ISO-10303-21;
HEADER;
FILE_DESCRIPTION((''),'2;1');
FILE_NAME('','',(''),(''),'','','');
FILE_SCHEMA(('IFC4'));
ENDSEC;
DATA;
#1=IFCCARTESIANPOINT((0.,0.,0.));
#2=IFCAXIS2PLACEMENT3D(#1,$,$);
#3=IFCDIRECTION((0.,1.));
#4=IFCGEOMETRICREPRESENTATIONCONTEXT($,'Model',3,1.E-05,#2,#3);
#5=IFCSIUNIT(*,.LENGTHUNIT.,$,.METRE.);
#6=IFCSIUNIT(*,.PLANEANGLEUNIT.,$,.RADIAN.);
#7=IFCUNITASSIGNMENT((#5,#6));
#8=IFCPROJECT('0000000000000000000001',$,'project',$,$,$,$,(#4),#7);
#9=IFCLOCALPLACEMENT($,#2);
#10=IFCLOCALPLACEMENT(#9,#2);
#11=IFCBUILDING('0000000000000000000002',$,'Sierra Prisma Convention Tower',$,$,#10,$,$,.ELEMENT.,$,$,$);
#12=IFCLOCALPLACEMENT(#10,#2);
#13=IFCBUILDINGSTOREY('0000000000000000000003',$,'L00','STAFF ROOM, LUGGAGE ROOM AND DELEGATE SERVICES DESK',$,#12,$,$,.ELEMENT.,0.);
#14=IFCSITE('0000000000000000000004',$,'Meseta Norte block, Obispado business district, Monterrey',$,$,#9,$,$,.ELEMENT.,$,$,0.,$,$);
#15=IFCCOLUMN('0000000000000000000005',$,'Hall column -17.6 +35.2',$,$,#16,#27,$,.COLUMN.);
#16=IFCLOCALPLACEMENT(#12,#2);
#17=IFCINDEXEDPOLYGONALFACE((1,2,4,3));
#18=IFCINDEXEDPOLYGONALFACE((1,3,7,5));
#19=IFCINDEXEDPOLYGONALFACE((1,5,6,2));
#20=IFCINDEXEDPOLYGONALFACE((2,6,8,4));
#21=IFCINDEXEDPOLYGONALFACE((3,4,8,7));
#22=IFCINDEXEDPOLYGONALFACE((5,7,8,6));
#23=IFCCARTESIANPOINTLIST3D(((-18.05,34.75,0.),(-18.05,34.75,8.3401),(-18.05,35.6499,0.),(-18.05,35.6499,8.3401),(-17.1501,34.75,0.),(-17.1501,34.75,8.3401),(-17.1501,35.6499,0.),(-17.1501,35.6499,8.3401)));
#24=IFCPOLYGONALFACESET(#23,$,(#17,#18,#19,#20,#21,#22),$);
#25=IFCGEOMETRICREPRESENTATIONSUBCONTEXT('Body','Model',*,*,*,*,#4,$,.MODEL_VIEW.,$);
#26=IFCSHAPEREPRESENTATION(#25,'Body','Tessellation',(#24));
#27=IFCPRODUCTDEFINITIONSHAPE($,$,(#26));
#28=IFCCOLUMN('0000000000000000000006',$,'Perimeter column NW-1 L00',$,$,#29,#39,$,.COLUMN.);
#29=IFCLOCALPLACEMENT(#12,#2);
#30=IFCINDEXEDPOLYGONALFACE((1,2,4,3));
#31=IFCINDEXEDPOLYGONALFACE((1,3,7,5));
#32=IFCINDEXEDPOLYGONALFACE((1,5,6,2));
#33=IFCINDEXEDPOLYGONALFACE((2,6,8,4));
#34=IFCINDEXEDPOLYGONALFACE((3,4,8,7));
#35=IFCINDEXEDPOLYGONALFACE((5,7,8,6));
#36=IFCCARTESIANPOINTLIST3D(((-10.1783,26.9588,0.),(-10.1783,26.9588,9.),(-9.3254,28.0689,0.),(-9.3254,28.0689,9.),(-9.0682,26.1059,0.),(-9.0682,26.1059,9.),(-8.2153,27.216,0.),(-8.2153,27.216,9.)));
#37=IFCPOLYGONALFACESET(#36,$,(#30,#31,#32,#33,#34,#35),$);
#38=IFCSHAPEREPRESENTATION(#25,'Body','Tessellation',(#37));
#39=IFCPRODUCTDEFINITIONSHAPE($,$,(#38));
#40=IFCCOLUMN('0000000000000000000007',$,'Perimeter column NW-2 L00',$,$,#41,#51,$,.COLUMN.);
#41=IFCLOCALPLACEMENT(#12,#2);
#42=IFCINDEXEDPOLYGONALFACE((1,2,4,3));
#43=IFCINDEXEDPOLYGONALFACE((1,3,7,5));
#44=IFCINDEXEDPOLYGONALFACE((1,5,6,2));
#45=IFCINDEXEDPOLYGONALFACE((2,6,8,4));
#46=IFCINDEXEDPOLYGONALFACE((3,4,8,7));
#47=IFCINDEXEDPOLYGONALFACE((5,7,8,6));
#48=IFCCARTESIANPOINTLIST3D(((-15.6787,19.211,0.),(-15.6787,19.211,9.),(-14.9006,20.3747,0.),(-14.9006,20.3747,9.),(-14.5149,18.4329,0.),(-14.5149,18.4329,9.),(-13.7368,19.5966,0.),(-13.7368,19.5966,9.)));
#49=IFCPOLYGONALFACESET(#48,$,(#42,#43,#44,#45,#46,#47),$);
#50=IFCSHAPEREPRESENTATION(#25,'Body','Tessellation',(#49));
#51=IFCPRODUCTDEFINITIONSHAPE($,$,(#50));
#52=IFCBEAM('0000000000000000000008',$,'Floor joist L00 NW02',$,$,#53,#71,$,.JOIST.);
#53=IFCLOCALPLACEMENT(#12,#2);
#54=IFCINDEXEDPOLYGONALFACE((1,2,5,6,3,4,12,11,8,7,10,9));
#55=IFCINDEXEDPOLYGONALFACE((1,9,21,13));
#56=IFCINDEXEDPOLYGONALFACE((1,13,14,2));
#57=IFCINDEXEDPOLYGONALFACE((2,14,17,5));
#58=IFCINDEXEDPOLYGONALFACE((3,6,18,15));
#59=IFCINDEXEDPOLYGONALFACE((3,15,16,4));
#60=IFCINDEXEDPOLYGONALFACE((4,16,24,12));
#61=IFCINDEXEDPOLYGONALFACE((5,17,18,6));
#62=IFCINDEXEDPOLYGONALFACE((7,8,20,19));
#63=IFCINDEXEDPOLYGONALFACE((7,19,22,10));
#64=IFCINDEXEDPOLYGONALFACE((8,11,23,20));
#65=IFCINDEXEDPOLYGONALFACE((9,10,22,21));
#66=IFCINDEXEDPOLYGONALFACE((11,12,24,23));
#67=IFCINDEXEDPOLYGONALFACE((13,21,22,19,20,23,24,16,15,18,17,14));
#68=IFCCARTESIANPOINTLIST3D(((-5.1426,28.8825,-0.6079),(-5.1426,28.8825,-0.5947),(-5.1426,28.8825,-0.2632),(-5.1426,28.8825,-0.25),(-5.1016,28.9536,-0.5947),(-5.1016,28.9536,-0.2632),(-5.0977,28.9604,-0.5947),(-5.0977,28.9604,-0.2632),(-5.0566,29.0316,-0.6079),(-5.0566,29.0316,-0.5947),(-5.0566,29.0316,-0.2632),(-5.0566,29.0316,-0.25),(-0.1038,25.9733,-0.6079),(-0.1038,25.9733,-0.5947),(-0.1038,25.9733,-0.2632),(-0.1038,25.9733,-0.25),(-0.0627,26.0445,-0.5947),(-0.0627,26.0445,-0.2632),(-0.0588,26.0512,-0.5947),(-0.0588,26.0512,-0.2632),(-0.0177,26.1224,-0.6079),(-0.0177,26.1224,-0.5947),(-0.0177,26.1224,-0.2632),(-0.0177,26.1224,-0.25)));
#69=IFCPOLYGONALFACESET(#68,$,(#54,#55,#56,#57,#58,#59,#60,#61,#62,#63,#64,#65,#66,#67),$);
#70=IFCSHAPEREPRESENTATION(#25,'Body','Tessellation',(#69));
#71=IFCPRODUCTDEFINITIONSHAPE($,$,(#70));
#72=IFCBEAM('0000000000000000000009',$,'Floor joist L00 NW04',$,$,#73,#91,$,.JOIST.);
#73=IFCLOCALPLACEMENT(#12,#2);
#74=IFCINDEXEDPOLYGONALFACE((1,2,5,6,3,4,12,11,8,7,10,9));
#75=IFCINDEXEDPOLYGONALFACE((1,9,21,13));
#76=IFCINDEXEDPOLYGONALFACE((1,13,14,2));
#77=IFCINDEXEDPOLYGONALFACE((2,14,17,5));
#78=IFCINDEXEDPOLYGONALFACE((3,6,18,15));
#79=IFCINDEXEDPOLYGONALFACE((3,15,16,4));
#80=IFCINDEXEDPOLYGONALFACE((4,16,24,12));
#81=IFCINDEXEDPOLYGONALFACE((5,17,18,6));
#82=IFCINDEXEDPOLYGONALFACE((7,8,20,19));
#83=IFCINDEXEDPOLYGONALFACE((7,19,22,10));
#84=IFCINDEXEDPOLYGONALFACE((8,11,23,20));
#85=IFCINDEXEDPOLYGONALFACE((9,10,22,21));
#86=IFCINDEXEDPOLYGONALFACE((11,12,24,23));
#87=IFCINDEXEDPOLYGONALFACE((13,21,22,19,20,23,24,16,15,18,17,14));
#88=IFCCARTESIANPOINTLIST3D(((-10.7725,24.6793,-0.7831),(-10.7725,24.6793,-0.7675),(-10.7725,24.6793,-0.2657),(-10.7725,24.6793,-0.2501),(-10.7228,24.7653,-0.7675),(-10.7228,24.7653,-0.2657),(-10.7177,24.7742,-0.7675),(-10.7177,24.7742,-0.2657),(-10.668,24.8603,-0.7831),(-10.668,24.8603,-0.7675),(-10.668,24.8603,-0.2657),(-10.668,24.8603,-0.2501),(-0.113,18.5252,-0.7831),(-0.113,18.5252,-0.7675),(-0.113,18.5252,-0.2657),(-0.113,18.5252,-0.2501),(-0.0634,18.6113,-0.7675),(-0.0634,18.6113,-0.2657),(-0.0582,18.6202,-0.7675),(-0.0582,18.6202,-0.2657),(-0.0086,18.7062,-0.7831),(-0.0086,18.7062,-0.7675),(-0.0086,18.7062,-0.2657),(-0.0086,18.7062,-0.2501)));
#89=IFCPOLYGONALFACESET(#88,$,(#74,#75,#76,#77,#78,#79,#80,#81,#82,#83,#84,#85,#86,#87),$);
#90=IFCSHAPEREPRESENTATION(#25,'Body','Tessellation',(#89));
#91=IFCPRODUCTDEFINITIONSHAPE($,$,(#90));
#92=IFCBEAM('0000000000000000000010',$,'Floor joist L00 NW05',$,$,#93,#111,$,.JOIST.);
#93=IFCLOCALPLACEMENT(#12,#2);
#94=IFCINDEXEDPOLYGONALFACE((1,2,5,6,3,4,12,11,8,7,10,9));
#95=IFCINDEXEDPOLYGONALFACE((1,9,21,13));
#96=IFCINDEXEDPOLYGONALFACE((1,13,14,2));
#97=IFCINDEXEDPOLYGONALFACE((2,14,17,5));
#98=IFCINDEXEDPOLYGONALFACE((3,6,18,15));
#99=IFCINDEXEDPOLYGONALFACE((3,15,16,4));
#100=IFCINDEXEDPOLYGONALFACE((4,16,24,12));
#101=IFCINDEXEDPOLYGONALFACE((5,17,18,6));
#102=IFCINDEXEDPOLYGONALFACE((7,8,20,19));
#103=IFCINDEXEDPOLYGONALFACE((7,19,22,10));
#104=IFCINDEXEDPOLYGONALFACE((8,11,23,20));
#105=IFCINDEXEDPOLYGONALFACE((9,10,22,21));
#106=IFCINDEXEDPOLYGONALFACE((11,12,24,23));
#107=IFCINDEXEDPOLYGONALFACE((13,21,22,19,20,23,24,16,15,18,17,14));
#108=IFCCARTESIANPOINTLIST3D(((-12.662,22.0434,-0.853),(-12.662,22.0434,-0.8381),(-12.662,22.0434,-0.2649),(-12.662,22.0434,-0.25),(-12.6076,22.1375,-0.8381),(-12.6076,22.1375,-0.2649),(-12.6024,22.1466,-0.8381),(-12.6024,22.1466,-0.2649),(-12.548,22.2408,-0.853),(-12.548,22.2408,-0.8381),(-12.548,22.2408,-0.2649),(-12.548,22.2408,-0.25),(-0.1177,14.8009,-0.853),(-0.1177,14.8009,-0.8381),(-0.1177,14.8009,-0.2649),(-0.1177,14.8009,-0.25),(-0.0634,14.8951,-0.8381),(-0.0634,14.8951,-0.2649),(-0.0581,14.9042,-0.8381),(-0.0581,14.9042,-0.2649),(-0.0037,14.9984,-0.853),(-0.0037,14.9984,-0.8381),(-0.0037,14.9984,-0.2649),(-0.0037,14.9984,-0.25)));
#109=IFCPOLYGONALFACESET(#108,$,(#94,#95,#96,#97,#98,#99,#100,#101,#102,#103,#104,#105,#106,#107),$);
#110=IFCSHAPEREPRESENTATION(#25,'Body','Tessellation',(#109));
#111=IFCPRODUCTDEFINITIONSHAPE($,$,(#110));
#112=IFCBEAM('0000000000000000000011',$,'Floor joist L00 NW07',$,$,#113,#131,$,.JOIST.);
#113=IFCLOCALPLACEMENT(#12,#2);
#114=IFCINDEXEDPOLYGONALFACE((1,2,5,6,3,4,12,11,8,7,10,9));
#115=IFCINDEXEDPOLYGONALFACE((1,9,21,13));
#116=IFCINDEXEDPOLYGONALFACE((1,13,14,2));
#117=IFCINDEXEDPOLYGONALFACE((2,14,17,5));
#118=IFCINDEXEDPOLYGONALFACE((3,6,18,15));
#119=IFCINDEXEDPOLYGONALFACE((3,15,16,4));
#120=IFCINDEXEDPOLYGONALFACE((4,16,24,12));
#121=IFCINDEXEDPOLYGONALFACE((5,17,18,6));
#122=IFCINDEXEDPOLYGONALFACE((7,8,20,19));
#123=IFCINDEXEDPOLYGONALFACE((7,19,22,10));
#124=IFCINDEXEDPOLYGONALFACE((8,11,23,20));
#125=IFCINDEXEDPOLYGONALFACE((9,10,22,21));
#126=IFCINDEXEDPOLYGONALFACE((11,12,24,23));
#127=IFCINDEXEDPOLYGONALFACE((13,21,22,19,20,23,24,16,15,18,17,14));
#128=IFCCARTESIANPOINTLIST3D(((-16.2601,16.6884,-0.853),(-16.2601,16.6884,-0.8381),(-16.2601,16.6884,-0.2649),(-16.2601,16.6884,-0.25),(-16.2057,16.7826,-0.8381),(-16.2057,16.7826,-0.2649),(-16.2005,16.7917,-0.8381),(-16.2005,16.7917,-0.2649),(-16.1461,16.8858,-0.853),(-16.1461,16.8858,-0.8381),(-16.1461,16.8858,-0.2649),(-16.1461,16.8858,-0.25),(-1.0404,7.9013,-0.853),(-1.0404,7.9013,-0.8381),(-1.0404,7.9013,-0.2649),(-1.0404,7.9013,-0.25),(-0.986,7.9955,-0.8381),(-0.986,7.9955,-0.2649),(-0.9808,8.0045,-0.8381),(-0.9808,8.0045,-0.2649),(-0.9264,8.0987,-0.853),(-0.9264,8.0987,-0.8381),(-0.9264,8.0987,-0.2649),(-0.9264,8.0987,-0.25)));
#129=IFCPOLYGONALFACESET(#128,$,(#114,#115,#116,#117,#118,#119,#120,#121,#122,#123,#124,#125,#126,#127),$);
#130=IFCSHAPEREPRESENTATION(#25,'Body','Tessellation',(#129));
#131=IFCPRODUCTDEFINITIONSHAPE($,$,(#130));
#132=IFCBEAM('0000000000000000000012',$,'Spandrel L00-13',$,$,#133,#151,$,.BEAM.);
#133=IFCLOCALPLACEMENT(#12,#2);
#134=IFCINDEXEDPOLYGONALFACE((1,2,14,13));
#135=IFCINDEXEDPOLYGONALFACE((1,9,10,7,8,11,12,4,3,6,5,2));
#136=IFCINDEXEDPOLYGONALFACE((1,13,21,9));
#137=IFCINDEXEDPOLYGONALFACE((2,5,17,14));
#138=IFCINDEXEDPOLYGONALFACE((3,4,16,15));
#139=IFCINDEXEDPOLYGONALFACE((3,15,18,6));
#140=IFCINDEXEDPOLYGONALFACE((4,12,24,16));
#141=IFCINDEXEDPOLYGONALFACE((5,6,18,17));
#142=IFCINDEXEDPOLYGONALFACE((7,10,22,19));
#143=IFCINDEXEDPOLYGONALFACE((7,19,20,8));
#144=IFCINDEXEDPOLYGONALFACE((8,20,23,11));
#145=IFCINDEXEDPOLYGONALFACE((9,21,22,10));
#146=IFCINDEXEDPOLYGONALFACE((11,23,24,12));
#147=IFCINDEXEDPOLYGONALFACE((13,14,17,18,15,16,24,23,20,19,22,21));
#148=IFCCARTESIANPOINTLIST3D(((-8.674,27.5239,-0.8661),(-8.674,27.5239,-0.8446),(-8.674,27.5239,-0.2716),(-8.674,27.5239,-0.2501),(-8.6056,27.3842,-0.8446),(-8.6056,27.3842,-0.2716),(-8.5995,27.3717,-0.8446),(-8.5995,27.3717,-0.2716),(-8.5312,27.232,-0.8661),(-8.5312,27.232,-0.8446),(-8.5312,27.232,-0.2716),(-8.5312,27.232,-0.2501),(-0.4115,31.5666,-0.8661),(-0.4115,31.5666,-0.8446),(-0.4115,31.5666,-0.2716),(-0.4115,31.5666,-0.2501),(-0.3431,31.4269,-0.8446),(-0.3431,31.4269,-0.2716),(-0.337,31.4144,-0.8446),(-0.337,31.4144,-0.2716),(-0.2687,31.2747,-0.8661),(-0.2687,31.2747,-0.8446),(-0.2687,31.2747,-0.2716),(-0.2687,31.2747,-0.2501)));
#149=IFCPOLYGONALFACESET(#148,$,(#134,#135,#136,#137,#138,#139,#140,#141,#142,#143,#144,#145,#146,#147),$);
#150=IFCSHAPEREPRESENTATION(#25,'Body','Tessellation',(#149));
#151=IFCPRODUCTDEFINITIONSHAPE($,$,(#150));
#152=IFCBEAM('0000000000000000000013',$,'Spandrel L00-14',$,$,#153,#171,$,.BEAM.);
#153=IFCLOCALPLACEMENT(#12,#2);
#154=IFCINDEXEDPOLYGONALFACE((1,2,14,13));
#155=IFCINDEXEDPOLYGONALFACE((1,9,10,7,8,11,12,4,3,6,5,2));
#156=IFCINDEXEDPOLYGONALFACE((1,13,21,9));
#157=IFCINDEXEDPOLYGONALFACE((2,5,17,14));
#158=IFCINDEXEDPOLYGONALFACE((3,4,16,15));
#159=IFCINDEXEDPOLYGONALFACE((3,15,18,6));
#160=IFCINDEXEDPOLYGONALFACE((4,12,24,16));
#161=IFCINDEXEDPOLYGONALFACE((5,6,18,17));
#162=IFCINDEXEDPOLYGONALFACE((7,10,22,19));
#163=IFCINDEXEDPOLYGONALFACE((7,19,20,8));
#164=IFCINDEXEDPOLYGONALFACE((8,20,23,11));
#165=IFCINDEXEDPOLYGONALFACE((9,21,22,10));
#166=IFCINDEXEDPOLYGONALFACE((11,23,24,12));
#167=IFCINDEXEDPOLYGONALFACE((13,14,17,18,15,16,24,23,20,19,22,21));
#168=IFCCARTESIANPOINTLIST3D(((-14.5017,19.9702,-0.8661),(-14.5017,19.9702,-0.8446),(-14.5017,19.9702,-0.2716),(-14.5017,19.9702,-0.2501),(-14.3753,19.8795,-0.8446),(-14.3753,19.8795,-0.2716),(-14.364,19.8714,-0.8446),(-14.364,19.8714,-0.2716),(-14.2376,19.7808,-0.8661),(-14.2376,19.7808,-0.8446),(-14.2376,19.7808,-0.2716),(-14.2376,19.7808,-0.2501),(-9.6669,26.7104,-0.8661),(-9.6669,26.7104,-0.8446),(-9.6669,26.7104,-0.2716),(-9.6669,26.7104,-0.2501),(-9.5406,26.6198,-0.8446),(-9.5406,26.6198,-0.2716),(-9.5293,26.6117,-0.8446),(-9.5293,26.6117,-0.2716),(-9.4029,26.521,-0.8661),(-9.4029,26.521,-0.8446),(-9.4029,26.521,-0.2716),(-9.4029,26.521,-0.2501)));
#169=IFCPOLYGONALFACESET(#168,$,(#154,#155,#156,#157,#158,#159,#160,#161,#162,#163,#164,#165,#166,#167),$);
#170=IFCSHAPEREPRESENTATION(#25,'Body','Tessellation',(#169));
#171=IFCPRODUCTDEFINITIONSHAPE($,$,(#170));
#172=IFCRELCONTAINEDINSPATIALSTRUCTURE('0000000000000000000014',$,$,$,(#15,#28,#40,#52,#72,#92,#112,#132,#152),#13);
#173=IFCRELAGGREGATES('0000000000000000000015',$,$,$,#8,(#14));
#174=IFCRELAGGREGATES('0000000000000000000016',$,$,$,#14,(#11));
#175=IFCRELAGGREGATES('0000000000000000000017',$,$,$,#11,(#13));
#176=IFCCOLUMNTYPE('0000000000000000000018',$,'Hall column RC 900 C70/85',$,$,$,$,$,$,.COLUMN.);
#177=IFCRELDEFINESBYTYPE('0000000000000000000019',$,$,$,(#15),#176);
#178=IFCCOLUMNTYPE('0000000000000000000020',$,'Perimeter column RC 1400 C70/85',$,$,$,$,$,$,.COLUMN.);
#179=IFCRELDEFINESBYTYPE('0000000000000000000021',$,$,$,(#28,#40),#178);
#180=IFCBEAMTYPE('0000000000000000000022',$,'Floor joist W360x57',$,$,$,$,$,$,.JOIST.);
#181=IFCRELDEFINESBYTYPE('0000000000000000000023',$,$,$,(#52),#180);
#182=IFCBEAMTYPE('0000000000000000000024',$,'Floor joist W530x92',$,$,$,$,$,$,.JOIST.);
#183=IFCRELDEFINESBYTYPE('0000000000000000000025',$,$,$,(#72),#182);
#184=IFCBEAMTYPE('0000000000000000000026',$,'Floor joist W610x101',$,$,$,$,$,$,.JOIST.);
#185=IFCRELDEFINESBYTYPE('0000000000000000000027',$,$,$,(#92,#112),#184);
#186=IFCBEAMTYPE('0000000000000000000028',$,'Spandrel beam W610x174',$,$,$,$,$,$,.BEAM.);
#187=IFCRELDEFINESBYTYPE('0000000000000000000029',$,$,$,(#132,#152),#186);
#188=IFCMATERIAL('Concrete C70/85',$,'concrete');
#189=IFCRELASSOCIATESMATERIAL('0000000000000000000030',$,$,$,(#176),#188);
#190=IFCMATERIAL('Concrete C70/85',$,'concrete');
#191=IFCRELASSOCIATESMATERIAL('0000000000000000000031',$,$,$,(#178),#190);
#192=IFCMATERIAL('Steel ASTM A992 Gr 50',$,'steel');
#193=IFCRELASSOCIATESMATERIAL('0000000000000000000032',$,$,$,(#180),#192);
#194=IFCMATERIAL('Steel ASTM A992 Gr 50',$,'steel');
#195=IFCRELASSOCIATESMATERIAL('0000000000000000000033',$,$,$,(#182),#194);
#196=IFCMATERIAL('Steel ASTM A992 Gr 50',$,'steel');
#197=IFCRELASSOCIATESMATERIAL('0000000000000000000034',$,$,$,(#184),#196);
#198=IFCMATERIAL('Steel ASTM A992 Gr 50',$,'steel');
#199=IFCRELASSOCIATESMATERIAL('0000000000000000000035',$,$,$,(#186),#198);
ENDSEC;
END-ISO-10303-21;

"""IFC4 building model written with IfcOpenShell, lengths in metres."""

from ifc_helpers import new_model, si_unit, direction, frame, origin, origin_2d, place, context, subcontext, project, spatial, rectangle, i_section, extrude, material, material_profile, profile_set, type_object, element, save


model = new_model("IFC4")

# Units and contexts
model_context = context("Model", 3, precision=1e-05, world=origin(), true_north=direction((0.0, 1.0)))
body_context = subcontext(model_context, "Body", "Model", "MODEL_VIEW")
ifc_project = project(units=[si_unit("LENGTHUNIT", "METRE"), si_unit("PLANEANGLEUNIT", "RADIAN")], contexts=[model_context])

# Site, building, storey
site_placement = place(None, origin())
site = spatial("IfcSite", under=ifc_project, at=site_placement, Name="Meseta Norte block, Obispado business district, Monterrey", CompositionType="ELEMENT", RefElevation=0.0)
building_placement = place(site_placement, origin())
building = spatial("IfcBuilding", under=site, at=building_placement, Name="Sierra Prisma Convention Tower", CompositionType="ELEMENT")
storey_placement = place(building_placement, origin())
storey = spatial("IfcBuildingStorey", under=building, at=storey_placement, Name="L00", Description="STAFF ROOM, LUGGAGE ROOM AND DELEGATE SERVICES DESK", CompositionType="ELEMENT", Elevation=0.0)

# Columns
ifc_material_1 = material(Name="Concrete C70/85", Category="concrete")
ifc_material_profile_1 = material_profile(ifc_material_1, rectangle(XDim=0.8999, YDim=0.8999, at=origin_2d()), Name="Hall column RC 900 C70/85")
ifc_profile_set_1 = profile_set([ifc_material_profile_1], Name="Concrete C70/85")
column_type_1 = type_object("IfcColumnType", Name="Hall column RC 900 C70/85", PredefinedType="COLUMN", material=ifc_profile_set_1)
column_placement = place(storey_placement, frame((-17.6001, 35.2, 0.0), z_axis=(0.0, 0.0, 1.0), x_axis=(1.0, 0.0, 0.0)))
element("IfcColumn", 1, at=column_placement, inside=storey, type_object=column_type_1, Name="Hall column -17.6 +35.2", PredefinedType="COLUMN", context=body_context, shape_type="SweptSolid", body=[
    extrude(rectangle(XDim=0.8999, YDim=0.8999, at=origin_2d()), origin(), (0.0, 0.0, 1.0), 8.3401),
])
ifc_material_2 = material(Name="Concrete C70/85", Category="concrete")
ifc_material_profile_2 = material_profile(ifc_material_2, rectangle(XDim=1.3999, YDim=1.3999, at=origin_2d()), Name="Perimeter column RC 1400 C70/85")
ifc_profile_set_2 = profile_set([ifc_material_profile_2], Name="Concrete C70/85")
column_type_2 = type_object("IfcColumnType", Name="Perimeter column RC 1400 C70/85", PredefinedType="COLUMN", material=ifc_profile_set_2)
for number, where, z_axis, x_axis, name in (
    (2, (-9.1968, 27.0874, 0.0), (0.0, 0.0, 1.0), (0.609232, 0.792992, 0.0), "Perimeter column NW-1 L00"),
    (3, (-14.7078, 19.4038, 0.0), (0.0, 0.0, 1.0), (0.555817, 0.831305, 0.0), "Perimeter column NW-2 L00"),
):
    element("IfcColumn", number, at=place(storey_placement, frame(where, z_axis=z_axis, x_axis=x_axis)), inside=storey, type_object=column_type_2, Name=name, PredefinedType="COLUMN", context=body_context, shape_type="SweptSolid", body=[
        extrude(rectangle(XDim=1.3999, YDim=1.3999, at=origin_2d()), origin(), (0.0, 0.0, 1.0), 9.0),
    ])

# Beams
ifc_material_3 = material(Name="Steel ASTM A992 Gr 50", Category="steel")
ifc_material_profile_3 = material_profile(ifc_material_3, i_section(OverallWidth=0.1721, OverallDepth=0.3579, WebThickness=0.0078, FlangeThickness=0.0132, at=origin_2d()), Name="W360x57")
ifc_profile_set_3 = profile_set([ifc_material_profile_3], Name="Steel ASTM A992 Gr 50")
beam_type_1 = type_object("IfcBeamType", Name="Floor joist W360x57", PredefinedType="JOIST", material=ifc_profile_set_3)
beam_1_placement = place(storey_placement, frame((-5.0996, 28.957, -0.429), z_axis=(0.866024, -0.500002, 0.0), x_axis=(0.500002, 0.866024, 0.0)))
element("IfcBeam", 4, at=beam_1_placement, inside=storey, type_object=beam_type_1, Name="Floor joist L00 NW02", PredefinedType="JOIST", context=body_context, shape_type="SweptSolid", body=[
    extrude(i_section(OverallWidth=0.1721, OverallDepth=0.3579, WebThickness=0.0078, FlangeThickness=0.0132, at=origin_2d()), origin(), (0.0, 0.0, 1.0), 5.8184),
])
ifc_material_4 = material(Name="Steel ASTM A992 Gr 50", Category="steel")
ifc_material_profile_4 = material_profile(ifc_material_4, i_section(OverallWidth=0.209, OverallDepth=0.533, WebThickness=0.0103, FlangeThickness=0.0156, at=origin_2d()), Name="W530x92")
ifc_profile_set_4 = profile_set([ifc_material_profile_4], Name="Steel ASTM A992 Gr 50")
beam_type_2 = type_object("IfcBeamType", Name="Floor joist W530x92", PredefinedType="JOIST", material=ifc_profile_set_4)
beam_2_placement = place(storey_placement, frame((-10.7202, 24.7698, -0.5166), z_axis=(0.866031, -0.49999, 0.0), x_axis=(0.49999, 0.866031, 0.0)))
element("IfcBeam", 5, at=beam_2_placement, inside=storey, type_object=beam_type_2, Name="Floor joist L00 NW04", PredefinedType="JOIST", context=body_context, shape_type="SweptSolid", body=[
    extrude(i_section(OverallWidth=0.209, OverallDepth=0.533, WebThickness=0.0103, FlangeThickness=0.0156, at=origin_2d()), origin(), (0.0, 0.0, 1.0), 12.3083),
])
ifc_material_5 = material(Name="Steel ASTM A992 Gr 50", Category="steel")
ifc_material_profile_5 = material_profile(ifc_material_5, i_section(OverallWidth=0.228, OverallDepth=0.603, WebThickness=0.0105, FlangeThickness=0.0149, at=origin_2d()), Name="W610x101")
ifc_profile_set_5 = profile_set([ifc_material_profile_5], Name="Steel ASTM A992 Gr 50")
beam_type_3 = type_object("IfcBeamType", Name="Floor joist W610x101", PredefinedType="JOIST", material=ifc_profile_set_5)
beam_3_placement = place(storey_placement, frame((-12.605, 22.1421, -0.5515), z_axis=(0.866024, -0.500002, 0.0), x_axis=(0.500002, 0.866024, 0.0)))
element("IfcBeam", 6, at=beam_3_placement, inside=storey, type_object=beam_type_3, Name="Floor joist L00 NW05", PredefinedType="JOIST", context=body_context, shape_type="SweptSolid", body=[
    extrude(i_section(OverallWidth=0.228, OverallDepth=0.603, WebThickness=0.0105, FlangeThickness=0.0149, at=origin_2d()), origin(), (0.0, 0.0, 1.0), 14.4849),
])
beam_4_placement = place(storey_placement, frame((-16.2031, 16.7871, -0.5515), z_axis=(0.866025, -0.5, 0.0), x_axis=(0.5, 0.866025, 0.0)))
element("IfcBeam", 7, at=beam_4_placement, inside=storey, type_object=beam_type_3, Name="Floor joist L00 NW07", PredefinedType="JOIST", context=body_context, shape_type="SweptSolid", body=[
    extrude(i_section(OverallWidth=0.228, OverallDepth=0.603, WebThickness=0.0105, FlangeThickness=0.0149, at=origin_2d()), origin(), (0.0, 0.0, 1.0), 17.5742),
])
ifc_material_6 = material(Name="Steel ASTM A992 Gr 50", Category="steel")
ifc_material_profile_6 = material_profile(ifc_material_6, i_section(OverallWidth=0.325, OverallDepth=0.616, WebThickness=0.0139, FlangeThickness=0.0215, at=origin_2d()), Name="W610x174")
ifc_profile_set_6 = profile_set([ifc_material_profile_6], Name="Steel ASTM A992 Gr 50")
beam_type_4 = type_object("IfcBeamType", Name="Spandrel beam W610x174", PredefinedType="BEAM", material=ifc_profile_set_6)
beam_5_placement = place(storey_placement, frame((-0.3401, 31.4207, -0.5581), z_axis=(-0.898243, -0.4395, 0.0), x_axis=(0.4395, -0.898243, 0.0)))
element("IfcBeam", 8, at=beam_5_placement, inside=storey, type_object=beam_type_4, Name="Spandrel L00-13", PredefinedType="BEAM", context=body_context, shape_type="SweptSolid", body=[
    extrude(i_section(OverallWidth=0.325, OverallDepth=0.616, WebThickness=0.0139, FlangeThickness=0.0215, at=origin_2d()), origin(), (0.0, 0.0, 1.0), 9.1985),
])
beam_6_placement = place(storey_placement, frame((-9.5349, 26.6157, -0.5581), z_axis=(-0.582855, -0.812576, 0.0), x_axis=(0.812576, -0.582855, 0.0)))
element("IfcBeam", 9, at=beam_6_placement, inside=storey, type_object=beam_type_4, Name="Spandrel L00-14", PredefinedType="BEAM", context=body_context, shape_type="SweptSolid", body=[
    extrude(i_section(OverallWidth=0.325, OverallDepth=0.616, WebThickness=0.0139, FlangeThickness=0.0215, at=origin_2d()), origin(), (0.0, 0.0, 1.0), 8.2949),
])

save(model, "model.ifc")
